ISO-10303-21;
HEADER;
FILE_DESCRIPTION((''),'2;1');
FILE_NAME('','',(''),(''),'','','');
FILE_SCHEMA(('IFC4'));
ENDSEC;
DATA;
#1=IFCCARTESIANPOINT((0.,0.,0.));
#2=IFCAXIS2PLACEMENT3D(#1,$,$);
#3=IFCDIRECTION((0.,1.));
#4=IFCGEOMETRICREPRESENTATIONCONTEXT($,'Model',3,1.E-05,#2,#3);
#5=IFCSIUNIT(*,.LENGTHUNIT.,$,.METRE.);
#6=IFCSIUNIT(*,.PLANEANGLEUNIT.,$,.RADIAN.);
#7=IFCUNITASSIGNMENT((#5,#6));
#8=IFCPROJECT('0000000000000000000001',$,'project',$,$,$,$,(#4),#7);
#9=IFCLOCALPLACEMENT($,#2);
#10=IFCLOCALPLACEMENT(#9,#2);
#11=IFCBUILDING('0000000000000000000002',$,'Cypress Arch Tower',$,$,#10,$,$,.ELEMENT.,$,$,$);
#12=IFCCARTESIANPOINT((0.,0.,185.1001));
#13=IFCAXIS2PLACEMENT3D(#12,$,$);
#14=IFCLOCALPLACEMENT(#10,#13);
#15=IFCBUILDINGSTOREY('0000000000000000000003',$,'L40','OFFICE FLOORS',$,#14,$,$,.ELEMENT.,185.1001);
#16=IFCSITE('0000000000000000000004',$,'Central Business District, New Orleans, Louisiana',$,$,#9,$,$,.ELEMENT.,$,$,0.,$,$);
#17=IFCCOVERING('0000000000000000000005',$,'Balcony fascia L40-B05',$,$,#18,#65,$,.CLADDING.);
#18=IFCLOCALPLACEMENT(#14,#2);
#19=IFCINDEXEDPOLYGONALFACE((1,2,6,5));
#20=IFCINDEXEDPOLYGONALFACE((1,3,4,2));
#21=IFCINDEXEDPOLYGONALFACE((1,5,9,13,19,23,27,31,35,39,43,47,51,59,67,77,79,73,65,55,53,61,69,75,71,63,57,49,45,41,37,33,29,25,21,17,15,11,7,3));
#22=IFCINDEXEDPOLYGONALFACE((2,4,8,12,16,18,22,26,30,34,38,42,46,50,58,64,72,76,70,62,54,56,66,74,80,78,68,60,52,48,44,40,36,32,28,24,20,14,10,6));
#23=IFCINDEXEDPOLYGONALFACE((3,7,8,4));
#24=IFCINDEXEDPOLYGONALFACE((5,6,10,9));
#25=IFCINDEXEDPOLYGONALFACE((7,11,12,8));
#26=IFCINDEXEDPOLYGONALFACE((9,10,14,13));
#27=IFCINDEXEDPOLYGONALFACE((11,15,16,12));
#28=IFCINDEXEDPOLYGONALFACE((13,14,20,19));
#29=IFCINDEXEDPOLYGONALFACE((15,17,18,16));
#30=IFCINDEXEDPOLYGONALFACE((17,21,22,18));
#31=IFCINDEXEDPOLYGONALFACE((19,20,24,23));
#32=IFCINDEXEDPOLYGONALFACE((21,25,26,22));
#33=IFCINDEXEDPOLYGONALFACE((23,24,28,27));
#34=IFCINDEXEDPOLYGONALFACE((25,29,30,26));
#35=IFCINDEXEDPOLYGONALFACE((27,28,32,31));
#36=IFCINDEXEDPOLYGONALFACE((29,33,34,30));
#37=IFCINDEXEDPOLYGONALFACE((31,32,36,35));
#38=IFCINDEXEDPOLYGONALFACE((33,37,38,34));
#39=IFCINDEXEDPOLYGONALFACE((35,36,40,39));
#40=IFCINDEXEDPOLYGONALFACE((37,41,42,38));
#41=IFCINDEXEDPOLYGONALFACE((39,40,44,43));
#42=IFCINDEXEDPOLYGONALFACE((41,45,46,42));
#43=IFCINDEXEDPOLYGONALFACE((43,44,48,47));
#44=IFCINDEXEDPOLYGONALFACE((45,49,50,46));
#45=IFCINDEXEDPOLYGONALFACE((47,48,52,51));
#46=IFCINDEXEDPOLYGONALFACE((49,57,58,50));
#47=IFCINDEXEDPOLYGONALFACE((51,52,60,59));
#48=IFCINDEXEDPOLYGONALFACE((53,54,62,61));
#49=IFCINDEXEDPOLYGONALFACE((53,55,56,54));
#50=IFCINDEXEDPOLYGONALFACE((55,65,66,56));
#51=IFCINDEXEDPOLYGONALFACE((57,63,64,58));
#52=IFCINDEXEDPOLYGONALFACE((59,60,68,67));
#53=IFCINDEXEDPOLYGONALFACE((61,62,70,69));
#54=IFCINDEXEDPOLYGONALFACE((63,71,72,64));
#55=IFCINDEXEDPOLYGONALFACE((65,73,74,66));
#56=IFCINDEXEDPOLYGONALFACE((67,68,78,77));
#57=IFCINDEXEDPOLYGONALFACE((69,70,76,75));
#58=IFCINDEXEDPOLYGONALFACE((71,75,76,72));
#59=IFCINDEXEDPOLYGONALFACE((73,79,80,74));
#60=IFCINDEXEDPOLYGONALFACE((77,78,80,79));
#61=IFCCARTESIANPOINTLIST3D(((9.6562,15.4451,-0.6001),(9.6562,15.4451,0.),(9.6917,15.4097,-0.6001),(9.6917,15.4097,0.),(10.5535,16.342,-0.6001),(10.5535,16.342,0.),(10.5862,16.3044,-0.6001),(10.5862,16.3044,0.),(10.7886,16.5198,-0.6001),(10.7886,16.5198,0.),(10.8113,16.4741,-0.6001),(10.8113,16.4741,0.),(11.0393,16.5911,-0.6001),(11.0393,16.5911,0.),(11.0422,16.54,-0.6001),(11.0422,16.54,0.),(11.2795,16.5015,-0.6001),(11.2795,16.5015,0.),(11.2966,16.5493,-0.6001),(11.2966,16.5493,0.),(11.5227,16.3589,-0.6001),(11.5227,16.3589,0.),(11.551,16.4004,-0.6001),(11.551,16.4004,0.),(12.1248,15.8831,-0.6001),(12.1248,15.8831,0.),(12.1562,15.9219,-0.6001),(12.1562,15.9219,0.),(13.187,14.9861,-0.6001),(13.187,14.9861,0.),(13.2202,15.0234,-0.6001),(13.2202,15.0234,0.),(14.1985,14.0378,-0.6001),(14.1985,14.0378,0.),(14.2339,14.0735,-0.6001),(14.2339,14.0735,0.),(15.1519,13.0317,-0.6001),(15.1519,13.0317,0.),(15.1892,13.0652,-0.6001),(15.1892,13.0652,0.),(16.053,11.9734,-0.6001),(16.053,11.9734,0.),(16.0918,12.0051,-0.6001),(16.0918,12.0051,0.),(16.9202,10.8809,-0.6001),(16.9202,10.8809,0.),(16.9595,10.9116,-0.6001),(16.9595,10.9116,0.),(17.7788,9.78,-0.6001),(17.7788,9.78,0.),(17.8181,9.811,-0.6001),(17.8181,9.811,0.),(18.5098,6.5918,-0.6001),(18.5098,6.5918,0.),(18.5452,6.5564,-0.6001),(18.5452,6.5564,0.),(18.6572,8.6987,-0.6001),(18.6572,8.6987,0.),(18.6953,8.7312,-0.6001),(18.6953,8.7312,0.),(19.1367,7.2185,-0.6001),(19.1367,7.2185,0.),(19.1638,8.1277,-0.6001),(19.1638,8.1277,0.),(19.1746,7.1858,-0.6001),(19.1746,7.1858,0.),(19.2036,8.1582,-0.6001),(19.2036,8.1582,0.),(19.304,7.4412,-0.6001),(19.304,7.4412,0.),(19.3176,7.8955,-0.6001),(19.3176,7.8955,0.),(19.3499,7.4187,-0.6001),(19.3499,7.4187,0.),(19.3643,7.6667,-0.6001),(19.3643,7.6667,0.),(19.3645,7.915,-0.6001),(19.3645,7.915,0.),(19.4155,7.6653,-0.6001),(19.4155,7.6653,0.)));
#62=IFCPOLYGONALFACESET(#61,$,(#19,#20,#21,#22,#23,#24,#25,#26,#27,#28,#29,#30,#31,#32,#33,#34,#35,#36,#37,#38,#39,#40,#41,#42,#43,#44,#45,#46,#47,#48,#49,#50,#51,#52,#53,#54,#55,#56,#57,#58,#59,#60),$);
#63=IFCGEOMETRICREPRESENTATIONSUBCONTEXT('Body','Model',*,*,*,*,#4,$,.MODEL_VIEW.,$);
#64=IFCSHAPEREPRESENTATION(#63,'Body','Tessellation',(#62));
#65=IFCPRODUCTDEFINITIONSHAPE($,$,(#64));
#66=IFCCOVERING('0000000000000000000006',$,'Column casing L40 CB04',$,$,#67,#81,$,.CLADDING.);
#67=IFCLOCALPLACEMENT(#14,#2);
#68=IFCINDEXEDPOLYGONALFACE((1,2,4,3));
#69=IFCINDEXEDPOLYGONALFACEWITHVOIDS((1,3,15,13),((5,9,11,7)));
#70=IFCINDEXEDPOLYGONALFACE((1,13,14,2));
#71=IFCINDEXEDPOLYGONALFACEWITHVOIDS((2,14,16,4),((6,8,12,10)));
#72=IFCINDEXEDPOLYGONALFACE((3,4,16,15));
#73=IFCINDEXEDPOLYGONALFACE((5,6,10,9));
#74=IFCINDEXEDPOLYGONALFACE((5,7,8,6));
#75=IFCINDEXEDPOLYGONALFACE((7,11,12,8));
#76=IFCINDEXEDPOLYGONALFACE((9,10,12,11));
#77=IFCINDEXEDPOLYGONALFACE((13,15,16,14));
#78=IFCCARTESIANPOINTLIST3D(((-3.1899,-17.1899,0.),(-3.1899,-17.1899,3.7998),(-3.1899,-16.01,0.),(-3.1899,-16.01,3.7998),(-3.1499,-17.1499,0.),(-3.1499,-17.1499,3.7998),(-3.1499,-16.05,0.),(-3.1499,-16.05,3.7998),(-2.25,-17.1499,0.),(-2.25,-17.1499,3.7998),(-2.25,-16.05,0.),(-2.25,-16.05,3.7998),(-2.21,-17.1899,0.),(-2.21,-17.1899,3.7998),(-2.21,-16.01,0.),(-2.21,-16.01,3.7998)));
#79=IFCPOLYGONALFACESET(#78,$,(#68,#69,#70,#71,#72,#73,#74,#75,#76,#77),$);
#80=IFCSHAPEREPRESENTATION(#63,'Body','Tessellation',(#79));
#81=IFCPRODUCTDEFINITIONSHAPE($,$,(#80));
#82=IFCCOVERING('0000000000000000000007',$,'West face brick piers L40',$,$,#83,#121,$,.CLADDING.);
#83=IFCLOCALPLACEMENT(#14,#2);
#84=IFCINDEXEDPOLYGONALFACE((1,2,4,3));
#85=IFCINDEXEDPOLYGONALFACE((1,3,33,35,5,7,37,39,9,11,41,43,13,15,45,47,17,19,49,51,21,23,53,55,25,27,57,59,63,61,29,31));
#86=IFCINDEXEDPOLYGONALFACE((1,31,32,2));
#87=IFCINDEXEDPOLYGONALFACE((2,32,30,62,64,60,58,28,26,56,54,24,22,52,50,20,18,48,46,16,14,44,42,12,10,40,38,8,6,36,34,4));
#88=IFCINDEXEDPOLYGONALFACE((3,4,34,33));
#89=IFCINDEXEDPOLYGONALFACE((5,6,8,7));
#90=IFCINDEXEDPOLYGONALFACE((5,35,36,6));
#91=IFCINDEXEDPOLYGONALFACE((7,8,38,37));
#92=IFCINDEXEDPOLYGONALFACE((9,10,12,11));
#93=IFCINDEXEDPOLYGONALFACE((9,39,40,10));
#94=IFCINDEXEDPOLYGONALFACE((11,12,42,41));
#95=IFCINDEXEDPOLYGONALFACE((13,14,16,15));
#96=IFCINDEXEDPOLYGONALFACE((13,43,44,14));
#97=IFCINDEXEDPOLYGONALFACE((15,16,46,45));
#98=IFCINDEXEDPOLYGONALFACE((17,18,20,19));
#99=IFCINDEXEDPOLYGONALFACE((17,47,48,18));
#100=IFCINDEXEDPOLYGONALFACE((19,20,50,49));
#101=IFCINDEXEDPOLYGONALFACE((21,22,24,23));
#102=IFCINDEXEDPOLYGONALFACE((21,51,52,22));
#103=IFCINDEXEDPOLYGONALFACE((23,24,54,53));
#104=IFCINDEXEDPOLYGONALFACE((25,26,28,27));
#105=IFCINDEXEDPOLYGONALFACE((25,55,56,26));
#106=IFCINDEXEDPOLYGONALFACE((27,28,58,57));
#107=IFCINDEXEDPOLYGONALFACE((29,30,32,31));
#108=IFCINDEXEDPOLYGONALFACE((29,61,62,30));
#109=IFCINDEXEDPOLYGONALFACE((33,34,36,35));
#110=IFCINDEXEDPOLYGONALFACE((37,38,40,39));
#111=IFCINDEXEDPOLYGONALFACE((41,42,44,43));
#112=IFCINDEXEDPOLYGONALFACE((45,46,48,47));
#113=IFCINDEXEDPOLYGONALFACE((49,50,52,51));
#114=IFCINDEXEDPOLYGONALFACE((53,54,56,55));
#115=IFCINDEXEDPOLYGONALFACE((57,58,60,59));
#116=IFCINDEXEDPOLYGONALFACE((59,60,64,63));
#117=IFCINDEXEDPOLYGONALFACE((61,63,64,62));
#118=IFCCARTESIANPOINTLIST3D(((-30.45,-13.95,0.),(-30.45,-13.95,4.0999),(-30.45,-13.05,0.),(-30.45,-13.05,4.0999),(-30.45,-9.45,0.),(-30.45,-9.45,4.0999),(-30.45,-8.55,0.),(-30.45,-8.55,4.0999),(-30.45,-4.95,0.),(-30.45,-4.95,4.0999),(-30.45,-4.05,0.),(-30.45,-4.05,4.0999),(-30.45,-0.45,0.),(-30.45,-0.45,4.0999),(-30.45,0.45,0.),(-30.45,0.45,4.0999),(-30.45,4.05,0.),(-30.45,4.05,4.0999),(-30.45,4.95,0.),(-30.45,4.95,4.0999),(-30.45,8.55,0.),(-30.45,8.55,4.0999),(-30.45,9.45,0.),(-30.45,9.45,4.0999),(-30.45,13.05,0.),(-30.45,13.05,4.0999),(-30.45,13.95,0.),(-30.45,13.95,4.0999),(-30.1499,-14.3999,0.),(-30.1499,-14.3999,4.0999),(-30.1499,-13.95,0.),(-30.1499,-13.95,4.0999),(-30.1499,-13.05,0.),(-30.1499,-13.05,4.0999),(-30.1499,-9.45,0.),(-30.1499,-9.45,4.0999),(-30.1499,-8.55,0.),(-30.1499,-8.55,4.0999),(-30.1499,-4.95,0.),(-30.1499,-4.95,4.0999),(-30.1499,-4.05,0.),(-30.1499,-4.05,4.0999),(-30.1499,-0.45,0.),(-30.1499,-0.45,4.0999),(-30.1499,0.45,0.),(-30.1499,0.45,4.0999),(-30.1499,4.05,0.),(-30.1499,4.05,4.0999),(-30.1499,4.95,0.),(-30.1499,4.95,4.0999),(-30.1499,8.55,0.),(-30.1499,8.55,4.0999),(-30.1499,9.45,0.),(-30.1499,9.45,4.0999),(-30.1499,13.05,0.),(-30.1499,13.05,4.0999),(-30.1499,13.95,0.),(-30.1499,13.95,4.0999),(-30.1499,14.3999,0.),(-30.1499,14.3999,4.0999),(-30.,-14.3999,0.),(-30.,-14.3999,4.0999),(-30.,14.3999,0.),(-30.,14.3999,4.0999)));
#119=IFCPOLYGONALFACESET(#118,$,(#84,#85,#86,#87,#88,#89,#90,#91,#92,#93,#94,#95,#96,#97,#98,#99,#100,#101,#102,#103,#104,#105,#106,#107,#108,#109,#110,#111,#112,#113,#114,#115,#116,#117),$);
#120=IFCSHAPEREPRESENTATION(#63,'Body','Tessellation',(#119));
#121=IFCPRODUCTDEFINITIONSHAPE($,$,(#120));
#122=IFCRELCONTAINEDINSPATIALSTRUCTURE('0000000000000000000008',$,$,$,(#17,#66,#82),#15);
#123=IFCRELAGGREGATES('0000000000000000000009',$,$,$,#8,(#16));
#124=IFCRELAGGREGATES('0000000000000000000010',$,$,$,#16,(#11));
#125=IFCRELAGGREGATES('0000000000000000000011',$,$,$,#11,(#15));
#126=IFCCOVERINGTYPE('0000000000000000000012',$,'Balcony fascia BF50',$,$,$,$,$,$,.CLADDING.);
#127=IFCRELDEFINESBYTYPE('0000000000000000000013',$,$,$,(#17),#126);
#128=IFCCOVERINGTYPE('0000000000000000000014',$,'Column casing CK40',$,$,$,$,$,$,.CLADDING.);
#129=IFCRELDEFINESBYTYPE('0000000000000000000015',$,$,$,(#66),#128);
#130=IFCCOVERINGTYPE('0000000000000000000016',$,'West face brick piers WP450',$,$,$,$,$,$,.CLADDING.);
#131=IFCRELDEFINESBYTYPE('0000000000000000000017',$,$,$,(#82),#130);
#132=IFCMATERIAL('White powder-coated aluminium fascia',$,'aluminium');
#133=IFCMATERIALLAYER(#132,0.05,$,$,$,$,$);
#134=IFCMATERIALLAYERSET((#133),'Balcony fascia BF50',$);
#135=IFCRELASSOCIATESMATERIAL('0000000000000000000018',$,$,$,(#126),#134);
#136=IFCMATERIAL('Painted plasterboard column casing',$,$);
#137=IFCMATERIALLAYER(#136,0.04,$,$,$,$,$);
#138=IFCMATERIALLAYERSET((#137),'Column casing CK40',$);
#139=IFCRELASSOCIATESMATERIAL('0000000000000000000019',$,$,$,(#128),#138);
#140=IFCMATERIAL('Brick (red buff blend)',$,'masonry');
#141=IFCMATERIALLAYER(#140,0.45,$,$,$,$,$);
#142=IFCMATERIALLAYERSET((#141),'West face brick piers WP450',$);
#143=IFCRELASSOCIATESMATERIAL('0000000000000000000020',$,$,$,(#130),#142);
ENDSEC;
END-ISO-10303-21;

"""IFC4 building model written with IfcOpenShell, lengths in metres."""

from ifc_helpers import new_model, si_unit, direction, frame, origin, place, context, subcontext, project, spatial, polyline, outline, extrude, material, layer, layer_set, type_object, element, save


model = new_model("IFC4")

# Units and contexts
model_context = context("Model", 3, precision=1e-05, world=origin(), true_north=direction((0.0, 1.0)))
body_context = subcontext(model_context, "Body", "Model", "MODEL_VIEW")
ifc_project = project(units=[si_unit("LENGTHUNIT", "METRE"), si_unit("PLANEANGLEUNIT", "RADIAN")], contexts=[model_context])

# Site, building, storey
site_placement = place(None, origin())
site = spatial("IfcSite", under=ifc_project, at=site_placement, Name="Central Business District, New Orleans, Louisiana", CompositionType="ELEMENT", RefElevation=0.0)
building_placement = place(site_placement, origin())
building = spatial("IfcBuilding", under=site, at=building_placement, Name="Cypress Arch Tower", CompositionType="ELEMENT")
storey_placement = place(building_placement, frame((0.0, 0.0, 185.1001)))
storey = spatial("IfcBuildingStorey", under=building, at=storey_placement, Name="L40", Description="OFFICE FLOORS", CompositionType="ELEMENT", Elevation=185.1001)

# Coverings
ifc_material_1 = material(Name="White powder-coated aluminium fascia", Category="aluminium")
ifc_layer_1 = layer(ifc_material_1, 0.05)
ifc_layer_set_1 = layer_set([ifc_layer_1], Name="Balcony fascia BF50")
covering_type_1 = type_object("IfcCoveringType", Name="Balcony fascia BF50", PredefinedType="CLADDING", material=ifc_layer_set_1)
covering_1_placement = place(storey_placement, frame((0.0, 0.0, -0.6001)))
element("IfcCovering", 1, at=covering_1_placement, inside=storey, type_object=covering_type_1, Name="Balcony fascia L40-B05", PredefinedType="CLADDING", context=body_context, shape_type="SweptSolid", body=[
    extrude(outline(polyline([(10.5535, 16.342), (10.7886, 16.5198), (11.0393, 16.5911), (11.2966, 16.5493), (11.551, 16.4004), (12.1562, 15.9219), (13.2202, 15.0234), (14.2339, 14.0735), (15.1892, 13.0652), (16.0918, 12.0051), (16.9595, 10.9116), (17.8181, 9.811), (18.6953, 8.7312), (19.2036, 8.1582), (19.3645, 7.915), (19.4155, 7.6653), (19.3499, 7.4187), (19.1746, 7.1858), (18.5452, 6.5564), (18.5098, 6.5918), (19.1367, 7.2185), (19.304, 7.4412), (19.3643, 7.6667), (19.3176, 7.8955), (19.1638, 8.1277), (18.6572, 8.6987), (17.7788, 9.78), (16.9202, 10.8809), (16.053, 11.9734), (15.1519, 13.0317), (14.1985, 14.0378), (13.187, 14.9861), (12.1248, 15.8831), (11.5227, 16.3589), (11.2795, 16.5015), (11.0422, 16.54), (10.8113, 16.4741), (10.5862, 16.3044), (9.6917, 15.4097), (9.6562, 15.4451), (10.5535, 16.342)])), origin(), (0.0, 0.0, 1.0), 0.6001),
])
ifc_material_2 = material(Name="Painted plasterboard column casing")
ifc_layer_2 = layer(ifc_material_2, 0.04)
ifc_layer_set_2 = layer_set([ifc_layer_2], Name="Column casing CK40")
covering_type_2 = type_object("IfcCoveringType", Name="Column casing CK40", PredefinedType="CLADDING", material=ifc_layer_set_2)
covering_2_placement = place(storey_placement, origin())
element("IfcCovering", 2, at=covering_2_placement, inside=storey, type_object=covering_type_2, Name="Column casing L40 CB04", PredefinedType="CLADDING", context=body_context, shape_type="SweptSolid", body=[
    extrude(outline(polyline([(-3.1899, -17.1899), (-3.1899, -16.01), (-2.21, -16.01), (-2.21, -17.1899), (-3.1899, -17.1899)]), holes=[polyline([(-3.1499, -17.1499), (-2.25, -17.1499), (-2.25, -16.05), (-3.1499, -16.05), (-3.1499, -17.1499)])]), origin(), (0.0, 0.0, 1.0), 3.7998),
])
ifc_material_3 = material(Name="Brick (red buff blend)", Category="masonry")
ifc_layer_3 = layer(ifc_material_3, 0.45)
ifc_layer_set_3 = layer_set([ifc_layer_3], Name="West face brick piers WP450")
covering_type_3 = type_object("IfcCoveringType", Name="West face brick piers WP450", PredefinedType="CLADDING", material=ifc_layer_set_3)
covering_3_placement = place(storey_placement, origin())
element("IfcCovering", 3, at=covering_3_placement, inside=storey, type_object=covering_type_3, Name="West face brick piers L40", PredefinedType="CLADDING", context=body_context, shape_type="SweptSolid", body=[
    extrude(outline(polyline([(-30.1499, -13.05), (-30.1499, -9.45), (-30.45, -9.45), (-30.45, -8.55), (-30.1499, -8.55), (-30.1499, -4.95), (-30.45, -4.95), (-30.45, -4.05), (-30.1499, -4.05), (-30.1499, -0.45), (-30.45, -0.45), (-30.45, 0.45), (-30.1499, 0.45), (-30.1499, 4.05), (-30.45, 4.05), (-30.45, 4.95), (-30.1499, 4.95), (-30.1499, 8.55), (-30.45, 8.55), (-30.45, 9.45), (-30.1499, 9.45), (-30.1499, 13.05), (-30.45, 13.05), (-30.45, 13.95), (-30.1499, 13.95), (-30.1499, 14.3999), (-30.0, 14.3999), (-30.0, -14.3999), (-30.1499, -14.3999), (-30.1499, -13.95), (-30.45, -13.95), (-30.45, -13.05), (-30.1499, -13.05)])), origin(), (0.0, 0.0, 1.0), 4.0999),
])

save(model, "model.ifc")
